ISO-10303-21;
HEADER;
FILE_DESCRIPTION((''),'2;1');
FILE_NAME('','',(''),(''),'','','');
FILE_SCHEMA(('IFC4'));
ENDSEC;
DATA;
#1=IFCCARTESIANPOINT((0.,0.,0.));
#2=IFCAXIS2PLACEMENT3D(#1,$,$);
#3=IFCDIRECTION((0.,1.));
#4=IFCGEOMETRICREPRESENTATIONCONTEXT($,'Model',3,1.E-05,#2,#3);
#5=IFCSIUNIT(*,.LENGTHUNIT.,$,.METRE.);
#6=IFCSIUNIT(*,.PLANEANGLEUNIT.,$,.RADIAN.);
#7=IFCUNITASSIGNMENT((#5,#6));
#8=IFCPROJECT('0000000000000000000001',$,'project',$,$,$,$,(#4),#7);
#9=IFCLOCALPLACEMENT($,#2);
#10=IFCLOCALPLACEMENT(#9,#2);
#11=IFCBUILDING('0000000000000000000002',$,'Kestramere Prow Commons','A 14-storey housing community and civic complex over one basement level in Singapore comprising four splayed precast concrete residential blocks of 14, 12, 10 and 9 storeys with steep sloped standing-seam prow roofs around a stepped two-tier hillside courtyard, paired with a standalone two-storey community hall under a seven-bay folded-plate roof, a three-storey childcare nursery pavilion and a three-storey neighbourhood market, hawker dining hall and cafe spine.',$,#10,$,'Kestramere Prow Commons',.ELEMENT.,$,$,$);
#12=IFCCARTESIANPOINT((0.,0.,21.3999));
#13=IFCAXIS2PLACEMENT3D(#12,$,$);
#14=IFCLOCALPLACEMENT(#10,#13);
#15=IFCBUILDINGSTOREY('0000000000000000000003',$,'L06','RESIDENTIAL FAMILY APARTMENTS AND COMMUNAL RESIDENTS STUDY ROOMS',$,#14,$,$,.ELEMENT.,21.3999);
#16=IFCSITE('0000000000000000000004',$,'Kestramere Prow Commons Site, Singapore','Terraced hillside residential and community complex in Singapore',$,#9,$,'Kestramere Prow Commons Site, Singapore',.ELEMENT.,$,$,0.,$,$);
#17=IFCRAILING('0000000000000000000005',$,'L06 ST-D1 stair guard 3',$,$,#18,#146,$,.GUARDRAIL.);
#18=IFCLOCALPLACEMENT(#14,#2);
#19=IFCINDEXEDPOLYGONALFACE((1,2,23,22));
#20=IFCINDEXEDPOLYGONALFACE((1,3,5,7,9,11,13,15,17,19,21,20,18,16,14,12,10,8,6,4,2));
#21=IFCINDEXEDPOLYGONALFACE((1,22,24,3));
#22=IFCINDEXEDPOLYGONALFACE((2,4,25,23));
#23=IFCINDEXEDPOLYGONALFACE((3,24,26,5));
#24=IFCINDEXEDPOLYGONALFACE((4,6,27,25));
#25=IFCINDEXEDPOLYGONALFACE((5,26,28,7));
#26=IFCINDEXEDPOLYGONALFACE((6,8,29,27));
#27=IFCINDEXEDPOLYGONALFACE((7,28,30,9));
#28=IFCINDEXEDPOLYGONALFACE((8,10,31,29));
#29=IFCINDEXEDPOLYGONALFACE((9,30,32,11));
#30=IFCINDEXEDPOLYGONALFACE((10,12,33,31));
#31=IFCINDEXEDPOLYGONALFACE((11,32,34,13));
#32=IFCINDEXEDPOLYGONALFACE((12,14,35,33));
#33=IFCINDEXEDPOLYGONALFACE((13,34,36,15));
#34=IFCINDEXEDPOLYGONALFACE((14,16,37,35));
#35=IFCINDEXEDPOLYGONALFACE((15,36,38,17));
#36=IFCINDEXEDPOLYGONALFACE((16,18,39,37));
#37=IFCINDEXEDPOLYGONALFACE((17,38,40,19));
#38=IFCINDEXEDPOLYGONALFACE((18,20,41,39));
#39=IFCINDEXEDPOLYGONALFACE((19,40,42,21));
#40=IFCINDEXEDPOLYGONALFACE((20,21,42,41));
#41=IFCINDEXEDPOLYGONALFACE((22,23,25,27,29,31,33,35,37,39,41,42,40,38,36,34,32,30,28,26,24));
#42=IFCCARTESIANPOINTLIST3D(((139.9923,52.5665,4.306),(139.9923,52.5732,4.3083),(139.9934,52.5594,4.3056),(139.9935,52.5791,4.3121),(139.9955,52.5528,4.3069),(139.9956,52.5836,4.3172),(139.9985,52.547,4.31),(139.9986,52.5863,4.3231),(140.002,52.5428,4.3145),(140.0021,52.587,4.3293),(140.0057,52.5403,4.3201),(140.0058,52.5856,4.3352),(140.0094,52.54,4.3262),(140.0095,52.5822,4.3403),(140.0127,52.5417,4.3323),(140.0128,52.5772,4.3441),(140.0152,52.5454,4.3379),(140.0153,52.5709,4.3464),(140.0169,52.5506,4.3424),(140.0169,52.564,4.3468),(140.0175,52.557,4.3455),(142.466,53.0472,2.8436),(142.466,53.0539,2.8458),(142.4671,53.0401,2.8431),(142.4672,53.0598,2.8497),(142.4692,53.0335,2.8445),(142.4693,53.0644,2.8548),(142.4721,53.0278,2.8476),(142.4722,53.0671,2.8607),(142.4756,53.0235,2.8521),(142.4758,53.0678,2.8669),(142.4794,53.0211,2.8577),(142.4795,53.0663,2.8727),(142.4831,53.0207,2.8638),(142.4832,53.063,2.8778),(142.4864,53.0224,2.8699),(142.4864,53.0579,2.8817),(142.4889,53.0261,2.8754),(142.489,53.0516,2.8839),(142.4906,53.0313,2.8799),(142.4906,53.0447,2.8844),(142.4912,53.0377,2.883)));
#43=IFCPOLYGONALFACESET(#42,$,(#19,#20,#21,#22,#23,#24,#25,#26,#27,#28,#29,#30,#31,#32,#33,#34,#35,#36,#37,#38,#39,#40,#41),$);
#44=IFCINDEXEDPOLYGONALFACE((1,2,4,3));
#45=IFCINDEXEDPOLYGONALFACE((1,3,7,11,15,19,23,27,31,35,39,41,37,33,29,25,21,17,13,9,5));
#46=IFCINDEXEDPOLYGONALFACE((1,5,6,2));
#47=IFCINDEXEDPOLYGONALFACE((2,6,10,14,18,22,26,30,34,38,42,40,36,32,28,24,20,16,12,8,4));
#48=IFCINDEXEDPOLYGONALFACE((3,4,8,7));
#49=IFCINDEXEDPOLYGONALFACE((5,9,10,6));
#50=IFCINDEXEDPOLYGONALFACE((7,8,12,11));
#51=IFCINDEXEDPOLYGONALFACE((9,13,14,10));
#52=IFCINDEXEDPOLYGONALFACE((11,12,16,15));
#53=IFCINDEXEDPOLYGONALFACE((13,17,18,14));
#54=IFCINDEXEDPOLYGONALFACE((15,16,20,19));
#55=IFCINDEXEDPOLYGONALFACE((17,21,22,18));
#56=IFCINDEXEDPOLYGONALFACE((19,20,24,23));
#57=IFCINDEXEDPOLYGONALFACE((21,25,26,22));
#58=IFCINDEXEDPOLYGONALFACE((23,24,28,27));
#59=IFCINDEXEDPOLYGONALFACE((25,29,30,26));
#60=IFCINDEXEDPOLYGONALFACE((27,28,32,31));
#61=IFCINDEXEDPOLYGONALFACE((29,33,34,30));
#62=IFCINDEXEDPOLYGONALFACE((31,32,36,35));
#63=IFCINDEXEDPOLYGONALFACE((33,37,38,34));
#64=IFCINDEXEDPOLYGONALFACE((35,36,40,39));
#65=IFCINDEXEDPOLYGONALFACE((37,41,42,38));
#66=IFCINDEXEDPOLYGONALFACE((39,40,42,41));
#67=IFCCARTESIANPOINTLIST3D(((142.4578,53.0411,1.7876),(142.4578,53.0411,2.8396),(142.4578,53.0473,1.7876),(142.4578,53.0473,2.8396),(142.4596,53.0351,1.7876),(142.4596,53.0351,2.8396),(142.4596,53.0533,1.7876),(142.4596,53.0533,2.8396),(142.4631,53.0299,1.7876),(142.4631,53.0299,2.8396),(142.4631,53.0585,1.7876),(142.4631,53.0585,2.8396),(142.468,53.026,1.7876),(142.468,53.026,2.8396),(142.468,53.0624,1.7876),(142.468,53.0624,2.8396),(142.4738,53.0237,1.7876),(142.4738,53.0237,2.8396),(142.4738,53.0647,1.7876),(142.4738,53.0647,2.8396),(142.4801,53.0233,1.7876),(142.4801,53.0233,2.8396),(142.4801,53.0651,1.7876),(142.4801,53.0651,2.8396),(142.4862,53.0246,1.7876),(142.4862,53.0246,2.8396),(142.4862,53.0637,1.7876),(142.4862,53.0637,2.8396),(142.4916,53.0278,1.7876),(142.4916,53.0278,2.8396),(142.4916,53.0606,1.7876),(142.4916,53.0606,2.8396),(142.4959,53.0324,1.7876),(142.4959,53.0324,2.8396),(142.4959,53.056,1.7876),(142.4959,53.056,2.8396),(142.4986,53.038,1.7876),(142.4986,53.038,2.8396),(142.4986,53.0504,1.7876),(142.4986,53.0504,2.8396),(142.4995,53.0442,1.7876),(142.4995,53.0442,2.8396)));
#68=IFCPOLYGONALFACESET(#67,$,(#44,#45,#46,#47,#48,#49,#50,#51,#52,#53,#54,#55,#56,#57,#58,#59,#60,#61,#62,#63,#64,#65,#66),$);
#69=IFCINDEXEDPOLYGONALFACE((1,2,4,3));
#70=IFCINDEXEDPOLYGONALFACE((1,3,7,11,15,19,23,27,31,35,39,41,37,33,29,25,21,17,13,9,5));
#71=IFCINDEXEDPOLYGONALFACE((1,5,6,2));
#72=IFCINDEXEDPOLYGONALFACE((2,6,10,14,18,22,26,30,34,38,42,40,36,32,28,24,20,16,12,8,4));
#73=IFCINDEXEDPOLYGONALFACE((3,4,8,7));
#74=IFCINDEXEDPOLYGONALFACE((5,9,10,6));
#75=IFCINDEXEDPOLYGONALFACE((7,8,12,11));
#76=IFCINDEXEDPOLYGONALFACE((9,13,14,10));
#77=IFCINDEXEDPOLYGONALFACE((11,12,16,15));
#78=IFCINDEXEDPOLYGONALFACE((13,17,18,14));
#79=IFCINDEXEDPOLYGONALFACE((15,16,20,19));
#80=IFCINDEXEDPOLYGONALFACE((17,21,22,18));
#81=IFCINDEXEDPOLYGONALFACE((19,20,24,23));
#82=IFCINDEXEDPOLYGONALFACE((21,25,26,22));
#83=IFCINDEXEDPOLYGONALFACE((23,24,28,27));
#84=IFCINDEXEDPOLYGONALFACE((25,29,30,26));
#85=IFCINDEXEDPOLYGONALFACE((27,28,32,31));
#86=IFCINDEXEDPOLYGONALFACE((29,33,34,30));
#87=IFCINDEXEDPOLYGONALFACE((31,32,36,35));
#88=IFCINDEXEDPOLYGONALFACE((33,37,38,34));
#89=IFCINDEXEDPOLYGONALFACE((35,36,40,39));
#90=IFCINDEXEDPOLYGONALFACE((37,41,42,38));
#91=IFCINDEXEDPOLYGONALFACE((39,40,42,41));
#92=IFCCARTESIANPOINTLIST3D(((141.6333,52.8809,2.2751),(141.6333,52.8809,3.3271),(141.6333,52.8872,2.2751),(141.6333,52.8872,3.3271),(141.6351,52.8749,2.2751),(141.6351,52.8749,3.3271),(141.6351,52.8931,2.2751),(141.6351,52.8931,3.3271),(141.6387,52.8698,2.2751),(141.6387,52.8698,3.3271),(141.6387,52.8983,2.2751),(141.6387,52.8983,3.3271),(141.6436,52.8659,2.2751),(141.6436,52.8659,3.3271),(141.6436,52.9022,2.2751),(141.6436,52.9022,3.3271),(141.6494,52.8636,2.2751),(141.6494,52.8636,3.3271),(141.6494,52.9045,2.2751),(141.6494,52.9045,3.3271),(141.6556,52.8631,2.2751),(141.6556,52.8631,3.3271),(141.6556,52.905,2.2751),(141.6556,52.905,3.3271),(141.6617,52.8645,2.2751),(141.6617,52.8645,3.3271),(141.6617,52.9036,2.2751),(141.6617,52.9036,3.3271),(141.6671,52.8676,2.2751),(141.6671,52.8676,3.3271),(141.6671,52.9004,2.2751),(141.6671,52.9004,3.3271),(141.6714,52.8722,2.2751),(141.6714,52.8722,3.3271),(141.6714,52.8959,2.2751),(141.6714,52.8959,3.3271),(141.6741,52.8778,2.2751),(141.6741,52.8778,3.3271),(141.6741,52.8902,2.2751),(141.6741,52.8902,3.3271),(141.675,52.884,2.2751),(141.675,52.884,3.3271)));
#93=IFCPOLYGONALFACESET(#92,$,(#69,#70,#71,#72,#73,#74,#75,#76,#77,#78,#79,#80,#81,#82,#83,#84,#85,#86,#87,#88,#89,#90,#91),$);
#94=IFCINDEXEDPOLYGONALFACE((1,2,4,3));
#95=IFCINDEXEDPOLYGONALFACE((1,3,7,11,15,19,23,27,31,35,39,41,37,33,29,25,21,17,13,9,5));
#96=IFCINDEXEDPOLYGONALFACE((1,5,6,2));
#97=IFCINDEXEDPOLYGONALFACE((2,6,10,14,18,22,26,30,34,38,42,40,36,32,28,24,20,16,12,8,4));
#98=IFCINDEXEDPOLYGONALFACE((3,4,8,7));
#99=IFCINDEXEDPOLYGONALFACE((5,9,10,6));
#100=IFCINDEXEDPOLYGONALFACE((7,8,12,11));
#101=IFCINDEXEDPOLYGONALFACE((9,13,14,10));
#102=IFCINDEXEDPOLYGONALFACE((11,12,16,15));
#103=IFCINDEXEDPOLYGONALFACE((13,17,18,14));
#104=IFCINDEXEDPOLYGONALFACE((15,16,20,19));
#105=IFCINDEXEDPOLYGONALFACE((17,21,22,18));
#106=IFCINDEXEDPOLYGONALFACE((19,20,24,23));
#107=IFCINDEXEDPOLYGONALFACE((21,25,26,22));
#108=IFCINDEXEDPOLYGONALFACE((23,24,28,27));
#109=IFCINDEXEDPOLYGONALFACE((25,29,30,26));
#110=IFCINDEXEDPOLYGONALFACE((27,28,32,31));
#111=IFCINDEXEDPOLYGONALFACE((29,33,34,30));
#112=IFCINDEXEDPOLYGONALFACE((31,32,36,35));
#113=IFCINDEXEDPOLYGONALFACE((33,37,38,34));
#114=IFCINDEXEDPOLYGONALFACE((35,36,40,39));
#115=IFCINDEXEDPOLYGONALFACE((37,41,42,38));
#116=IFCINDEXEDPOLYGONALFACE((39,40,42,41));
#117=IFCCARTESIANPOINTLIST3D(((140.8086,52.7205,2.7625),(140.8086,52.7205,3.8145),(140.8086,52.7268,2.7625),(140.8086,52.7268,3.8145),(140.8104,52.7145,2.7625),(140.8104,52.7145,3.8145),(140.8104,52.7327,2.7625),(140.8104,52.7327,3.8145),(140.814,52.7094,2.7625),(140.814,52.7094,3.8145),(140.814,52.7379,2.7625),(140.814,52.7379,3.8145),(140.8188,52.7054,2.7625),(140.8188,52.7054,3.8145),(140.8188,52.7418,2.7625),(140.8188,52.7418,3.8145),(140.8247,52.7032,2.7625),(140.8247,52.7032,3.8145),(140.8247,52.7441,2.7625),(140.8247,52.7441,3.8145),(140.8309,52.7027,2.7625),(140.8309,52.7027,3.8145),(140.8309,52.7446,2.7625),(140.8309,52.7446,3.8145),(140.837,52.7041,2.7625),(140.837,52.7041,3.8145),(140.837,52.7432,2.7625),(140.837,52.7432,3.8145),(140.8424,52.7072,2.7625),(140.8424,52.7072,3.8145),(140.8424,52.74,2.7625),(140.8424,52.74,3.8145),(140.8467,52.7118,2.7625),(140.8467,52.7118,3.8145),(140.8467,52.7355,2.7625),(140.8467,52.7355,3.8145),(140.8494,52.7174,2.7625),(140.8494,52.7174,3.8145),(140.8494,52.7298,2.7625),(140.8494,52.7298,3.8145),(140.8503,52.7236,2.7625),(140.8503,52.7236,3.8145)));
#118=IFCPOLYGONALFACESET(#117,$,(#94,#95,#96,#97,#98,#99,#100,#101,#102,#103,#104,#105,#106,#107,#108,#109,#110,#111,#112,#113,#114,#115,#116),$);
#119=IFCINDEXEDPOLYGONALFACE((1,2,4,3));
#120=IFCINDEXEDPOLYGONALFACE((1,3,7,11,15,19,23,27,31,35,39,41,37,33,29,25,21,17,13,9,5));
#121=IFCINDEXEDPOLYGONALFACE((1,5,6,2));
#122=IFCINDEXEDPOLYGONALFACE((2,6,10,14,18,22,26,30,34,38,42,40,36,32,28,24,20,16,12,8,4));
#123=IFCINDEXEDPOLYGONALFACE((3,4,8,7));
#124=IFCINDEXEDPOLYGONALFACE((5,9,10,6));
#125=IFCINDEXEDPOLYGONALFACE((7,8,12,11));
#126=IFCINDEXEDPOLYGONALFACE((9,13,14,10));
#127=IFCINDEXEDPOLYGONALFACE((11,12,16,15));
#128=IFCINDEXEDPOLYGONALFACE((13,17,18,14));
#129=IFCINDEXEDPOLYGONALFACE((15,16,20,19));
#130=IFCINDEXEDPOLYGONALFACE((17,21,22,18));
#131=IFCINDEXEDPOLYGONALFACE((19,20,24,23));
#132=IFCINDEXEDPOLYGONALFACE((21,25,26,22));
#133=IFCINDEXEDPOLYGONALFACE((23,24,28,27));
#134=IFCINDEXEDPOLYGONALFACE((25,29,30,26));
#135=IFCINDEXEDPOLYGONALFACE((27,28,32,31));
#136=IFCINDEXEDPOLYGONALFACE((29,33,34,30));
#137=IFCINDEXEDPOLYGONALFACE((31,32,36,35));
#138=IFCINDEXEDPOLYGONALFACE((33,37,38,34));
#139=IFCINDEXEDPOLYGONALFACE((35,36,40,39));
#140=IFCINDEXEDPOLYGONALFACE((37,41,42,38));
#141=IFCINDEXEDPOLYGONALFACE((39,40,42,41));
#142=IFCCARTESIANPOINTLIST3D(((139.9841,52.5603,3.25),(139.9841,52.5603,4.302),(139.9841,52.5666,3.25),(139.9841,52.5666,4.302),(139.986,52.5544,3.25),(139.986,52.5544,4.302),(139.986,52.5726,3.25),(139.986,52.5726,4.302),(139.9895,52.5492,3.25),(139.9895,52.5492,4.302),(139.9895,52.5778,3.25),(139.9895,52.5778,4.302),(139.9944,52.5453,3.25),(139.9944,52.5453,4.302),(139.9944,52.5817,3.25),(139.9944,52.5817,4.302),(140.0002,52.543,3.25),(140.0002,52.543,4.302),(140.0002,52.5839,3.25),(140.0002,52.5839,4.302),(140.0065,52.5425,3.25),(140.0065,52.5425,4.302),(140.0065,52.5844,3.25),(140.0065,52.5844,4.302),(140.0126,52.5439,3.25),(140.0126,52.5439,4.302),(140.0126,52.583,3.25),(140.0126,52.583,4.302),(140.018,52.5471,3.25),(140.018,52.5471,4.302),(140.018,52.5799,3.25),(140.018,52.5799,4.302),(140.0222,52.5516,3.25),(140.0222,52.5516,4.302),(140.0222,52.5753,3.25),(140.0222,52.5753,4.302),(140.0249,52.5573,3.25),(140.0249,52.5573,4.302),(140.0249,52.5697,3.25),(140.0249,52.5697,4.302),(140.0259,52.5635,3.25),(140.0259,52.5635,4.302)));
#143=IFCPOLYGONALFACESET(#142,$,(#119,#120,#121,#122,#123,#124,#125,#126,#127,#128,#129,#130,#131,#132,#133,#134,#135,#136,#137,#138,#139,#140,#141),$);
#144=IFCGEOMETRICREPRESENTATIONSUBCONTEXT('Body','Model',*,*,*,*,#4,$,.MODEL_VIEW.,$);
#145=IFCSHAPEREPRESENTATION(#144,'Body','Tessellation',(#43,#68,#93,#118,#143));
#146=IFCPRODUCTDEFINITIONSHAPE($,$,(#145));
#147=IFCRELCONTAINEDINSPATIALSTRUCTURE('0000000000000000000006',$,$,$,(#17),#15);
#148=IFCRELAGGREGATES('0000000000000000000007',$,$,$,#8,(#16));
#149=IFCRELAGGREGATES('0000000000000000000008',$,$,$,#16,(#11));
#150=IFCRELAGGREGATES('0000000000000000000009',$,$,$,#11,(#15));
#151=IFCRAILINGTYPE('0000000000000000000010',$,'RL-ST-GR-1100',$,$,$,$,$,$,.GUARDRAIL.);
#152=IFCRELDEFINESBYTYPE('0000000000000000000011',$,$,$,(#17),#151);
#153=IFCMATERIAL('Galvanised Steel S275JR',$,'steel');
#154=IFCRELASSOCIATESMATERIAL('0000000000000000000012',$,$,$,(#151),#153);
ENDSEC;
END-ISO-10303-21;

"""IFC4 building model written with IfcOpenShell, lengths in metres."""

from ifc_helpers import new_model, si_unit, direction, frame, origin, origin_2d, place, context, subcontext, project, spatial, circle, extrude, material, type_object, element, save


model = new_model("IFC4")

# Units and contexts
model_context = context("Model", 3, precision=1e-05, world=origin(), true_north=direction((0.0, 1.0)))
body_context = subcontext(model_context, "Body", "Model", "MODEL_VIEW")
ifc_project = project(units=[si_unit("LENGTHUNIT", "METRE"), si_unit("PLANEANGLEUNIT", "RADIAN")], contexts=[model_context])

# Site, building, storey
site_placement = place(None, origin())
site = spatial("IfcSite", under=ifc_project, at=site_placement, Name="Kestramere Prow Commons Site, Singapore", Description="Terraced hillside residential and community complex in Singapore", LongName="Kestramere Prow Commons Site, Singapore", CompositionType="ELEMENT", RefElevation=0.0)
building_placement = place(site_placement, origin())
building = spatial("IfcBuilding", under=site, at=building_placement, Name="Kestramere Prow Commons", Description="A 14-storey housing community and civic complex over one basement level in Singapore comprising four splayed precast concrete residential blocks of 14, 12, 10 and 9 storeys with steep sloped standing-seam prow roofs around a stepped two-tier hillside courtyard, paired with a standalone two-storey community hall under a seven-bay folded-plate roof, a three-storey childcare nursery pavilion and a three-storey neighbourhood market, hawker dining hall and cafe spine.", LongName="Kestramere Prow Commons", CompositionType="ELEMENT")
storey_placement = place(building_placement, frame((0.0, 0.0, 21.3999)))
storey = spatial("IfcBuildingStorey", under=building, at=storey_placement, Name="L06", Description="RESIDENTIAL FAMILY APARTMENTS AND COMMUNAL RESIDENTS STUDY ROOMS", CompositionType="ELEMENT", Elevation=21.3999)

# Railing
ifc_material_1 = material(Name="Galvanised Steel S275JR", Category="steel")
railing_type_1 = type_object("IfcRailingType", Name="RL-ST-GR-1100", PredefinedType="GUARDRAIL", material=ifc_material_1)
railing_1_placement = place(storey_placement, frame((142.4785, 53.0442, 1.7876)))
element("IfcRailing", 1, at=railing_1_placement, inside=storey, type_object=railing_type_1, Name="L06 ST-D1 stair guard 3", PredefinedType="GUARDRAIL", context=body_context, shape_type="SweptSolid", body=[
    extrude(circle(Radius=0.0239, at=origin_2d()), frame((0.0, 0.0, 1.0762), z_axis=(-0.84902, -0.164994, 0.501938), x_axis=(0.190766, -0.981636, 0.0)), (0.0, 0.0, 1.0), 2.9136),
    extrude(circle(Radius=0.021, at=origin_2d()), origin(), (0.0, 0.0, 1.0), 1.052),
    extrude(circle(Radius=0.021, at=origin_2d()), frame((-0.8245, -0.1602, 0.4875)), (0.0, 0.0, 1.0), 1.052),
    extrude(circle(Radius=0.021, at=origin_2d()), frame((-1.6492, -0.3206, 0.9749)), (0.0, 0.0, 1.0), 1.052),
    extrude(circle(Radius=0.021, at=origin_2d()), frame((-2.4736, -0.4807, 1.4624)), (0.0, 0.0, 1.0), 1.052),
])

save(model, "model.ifc")
